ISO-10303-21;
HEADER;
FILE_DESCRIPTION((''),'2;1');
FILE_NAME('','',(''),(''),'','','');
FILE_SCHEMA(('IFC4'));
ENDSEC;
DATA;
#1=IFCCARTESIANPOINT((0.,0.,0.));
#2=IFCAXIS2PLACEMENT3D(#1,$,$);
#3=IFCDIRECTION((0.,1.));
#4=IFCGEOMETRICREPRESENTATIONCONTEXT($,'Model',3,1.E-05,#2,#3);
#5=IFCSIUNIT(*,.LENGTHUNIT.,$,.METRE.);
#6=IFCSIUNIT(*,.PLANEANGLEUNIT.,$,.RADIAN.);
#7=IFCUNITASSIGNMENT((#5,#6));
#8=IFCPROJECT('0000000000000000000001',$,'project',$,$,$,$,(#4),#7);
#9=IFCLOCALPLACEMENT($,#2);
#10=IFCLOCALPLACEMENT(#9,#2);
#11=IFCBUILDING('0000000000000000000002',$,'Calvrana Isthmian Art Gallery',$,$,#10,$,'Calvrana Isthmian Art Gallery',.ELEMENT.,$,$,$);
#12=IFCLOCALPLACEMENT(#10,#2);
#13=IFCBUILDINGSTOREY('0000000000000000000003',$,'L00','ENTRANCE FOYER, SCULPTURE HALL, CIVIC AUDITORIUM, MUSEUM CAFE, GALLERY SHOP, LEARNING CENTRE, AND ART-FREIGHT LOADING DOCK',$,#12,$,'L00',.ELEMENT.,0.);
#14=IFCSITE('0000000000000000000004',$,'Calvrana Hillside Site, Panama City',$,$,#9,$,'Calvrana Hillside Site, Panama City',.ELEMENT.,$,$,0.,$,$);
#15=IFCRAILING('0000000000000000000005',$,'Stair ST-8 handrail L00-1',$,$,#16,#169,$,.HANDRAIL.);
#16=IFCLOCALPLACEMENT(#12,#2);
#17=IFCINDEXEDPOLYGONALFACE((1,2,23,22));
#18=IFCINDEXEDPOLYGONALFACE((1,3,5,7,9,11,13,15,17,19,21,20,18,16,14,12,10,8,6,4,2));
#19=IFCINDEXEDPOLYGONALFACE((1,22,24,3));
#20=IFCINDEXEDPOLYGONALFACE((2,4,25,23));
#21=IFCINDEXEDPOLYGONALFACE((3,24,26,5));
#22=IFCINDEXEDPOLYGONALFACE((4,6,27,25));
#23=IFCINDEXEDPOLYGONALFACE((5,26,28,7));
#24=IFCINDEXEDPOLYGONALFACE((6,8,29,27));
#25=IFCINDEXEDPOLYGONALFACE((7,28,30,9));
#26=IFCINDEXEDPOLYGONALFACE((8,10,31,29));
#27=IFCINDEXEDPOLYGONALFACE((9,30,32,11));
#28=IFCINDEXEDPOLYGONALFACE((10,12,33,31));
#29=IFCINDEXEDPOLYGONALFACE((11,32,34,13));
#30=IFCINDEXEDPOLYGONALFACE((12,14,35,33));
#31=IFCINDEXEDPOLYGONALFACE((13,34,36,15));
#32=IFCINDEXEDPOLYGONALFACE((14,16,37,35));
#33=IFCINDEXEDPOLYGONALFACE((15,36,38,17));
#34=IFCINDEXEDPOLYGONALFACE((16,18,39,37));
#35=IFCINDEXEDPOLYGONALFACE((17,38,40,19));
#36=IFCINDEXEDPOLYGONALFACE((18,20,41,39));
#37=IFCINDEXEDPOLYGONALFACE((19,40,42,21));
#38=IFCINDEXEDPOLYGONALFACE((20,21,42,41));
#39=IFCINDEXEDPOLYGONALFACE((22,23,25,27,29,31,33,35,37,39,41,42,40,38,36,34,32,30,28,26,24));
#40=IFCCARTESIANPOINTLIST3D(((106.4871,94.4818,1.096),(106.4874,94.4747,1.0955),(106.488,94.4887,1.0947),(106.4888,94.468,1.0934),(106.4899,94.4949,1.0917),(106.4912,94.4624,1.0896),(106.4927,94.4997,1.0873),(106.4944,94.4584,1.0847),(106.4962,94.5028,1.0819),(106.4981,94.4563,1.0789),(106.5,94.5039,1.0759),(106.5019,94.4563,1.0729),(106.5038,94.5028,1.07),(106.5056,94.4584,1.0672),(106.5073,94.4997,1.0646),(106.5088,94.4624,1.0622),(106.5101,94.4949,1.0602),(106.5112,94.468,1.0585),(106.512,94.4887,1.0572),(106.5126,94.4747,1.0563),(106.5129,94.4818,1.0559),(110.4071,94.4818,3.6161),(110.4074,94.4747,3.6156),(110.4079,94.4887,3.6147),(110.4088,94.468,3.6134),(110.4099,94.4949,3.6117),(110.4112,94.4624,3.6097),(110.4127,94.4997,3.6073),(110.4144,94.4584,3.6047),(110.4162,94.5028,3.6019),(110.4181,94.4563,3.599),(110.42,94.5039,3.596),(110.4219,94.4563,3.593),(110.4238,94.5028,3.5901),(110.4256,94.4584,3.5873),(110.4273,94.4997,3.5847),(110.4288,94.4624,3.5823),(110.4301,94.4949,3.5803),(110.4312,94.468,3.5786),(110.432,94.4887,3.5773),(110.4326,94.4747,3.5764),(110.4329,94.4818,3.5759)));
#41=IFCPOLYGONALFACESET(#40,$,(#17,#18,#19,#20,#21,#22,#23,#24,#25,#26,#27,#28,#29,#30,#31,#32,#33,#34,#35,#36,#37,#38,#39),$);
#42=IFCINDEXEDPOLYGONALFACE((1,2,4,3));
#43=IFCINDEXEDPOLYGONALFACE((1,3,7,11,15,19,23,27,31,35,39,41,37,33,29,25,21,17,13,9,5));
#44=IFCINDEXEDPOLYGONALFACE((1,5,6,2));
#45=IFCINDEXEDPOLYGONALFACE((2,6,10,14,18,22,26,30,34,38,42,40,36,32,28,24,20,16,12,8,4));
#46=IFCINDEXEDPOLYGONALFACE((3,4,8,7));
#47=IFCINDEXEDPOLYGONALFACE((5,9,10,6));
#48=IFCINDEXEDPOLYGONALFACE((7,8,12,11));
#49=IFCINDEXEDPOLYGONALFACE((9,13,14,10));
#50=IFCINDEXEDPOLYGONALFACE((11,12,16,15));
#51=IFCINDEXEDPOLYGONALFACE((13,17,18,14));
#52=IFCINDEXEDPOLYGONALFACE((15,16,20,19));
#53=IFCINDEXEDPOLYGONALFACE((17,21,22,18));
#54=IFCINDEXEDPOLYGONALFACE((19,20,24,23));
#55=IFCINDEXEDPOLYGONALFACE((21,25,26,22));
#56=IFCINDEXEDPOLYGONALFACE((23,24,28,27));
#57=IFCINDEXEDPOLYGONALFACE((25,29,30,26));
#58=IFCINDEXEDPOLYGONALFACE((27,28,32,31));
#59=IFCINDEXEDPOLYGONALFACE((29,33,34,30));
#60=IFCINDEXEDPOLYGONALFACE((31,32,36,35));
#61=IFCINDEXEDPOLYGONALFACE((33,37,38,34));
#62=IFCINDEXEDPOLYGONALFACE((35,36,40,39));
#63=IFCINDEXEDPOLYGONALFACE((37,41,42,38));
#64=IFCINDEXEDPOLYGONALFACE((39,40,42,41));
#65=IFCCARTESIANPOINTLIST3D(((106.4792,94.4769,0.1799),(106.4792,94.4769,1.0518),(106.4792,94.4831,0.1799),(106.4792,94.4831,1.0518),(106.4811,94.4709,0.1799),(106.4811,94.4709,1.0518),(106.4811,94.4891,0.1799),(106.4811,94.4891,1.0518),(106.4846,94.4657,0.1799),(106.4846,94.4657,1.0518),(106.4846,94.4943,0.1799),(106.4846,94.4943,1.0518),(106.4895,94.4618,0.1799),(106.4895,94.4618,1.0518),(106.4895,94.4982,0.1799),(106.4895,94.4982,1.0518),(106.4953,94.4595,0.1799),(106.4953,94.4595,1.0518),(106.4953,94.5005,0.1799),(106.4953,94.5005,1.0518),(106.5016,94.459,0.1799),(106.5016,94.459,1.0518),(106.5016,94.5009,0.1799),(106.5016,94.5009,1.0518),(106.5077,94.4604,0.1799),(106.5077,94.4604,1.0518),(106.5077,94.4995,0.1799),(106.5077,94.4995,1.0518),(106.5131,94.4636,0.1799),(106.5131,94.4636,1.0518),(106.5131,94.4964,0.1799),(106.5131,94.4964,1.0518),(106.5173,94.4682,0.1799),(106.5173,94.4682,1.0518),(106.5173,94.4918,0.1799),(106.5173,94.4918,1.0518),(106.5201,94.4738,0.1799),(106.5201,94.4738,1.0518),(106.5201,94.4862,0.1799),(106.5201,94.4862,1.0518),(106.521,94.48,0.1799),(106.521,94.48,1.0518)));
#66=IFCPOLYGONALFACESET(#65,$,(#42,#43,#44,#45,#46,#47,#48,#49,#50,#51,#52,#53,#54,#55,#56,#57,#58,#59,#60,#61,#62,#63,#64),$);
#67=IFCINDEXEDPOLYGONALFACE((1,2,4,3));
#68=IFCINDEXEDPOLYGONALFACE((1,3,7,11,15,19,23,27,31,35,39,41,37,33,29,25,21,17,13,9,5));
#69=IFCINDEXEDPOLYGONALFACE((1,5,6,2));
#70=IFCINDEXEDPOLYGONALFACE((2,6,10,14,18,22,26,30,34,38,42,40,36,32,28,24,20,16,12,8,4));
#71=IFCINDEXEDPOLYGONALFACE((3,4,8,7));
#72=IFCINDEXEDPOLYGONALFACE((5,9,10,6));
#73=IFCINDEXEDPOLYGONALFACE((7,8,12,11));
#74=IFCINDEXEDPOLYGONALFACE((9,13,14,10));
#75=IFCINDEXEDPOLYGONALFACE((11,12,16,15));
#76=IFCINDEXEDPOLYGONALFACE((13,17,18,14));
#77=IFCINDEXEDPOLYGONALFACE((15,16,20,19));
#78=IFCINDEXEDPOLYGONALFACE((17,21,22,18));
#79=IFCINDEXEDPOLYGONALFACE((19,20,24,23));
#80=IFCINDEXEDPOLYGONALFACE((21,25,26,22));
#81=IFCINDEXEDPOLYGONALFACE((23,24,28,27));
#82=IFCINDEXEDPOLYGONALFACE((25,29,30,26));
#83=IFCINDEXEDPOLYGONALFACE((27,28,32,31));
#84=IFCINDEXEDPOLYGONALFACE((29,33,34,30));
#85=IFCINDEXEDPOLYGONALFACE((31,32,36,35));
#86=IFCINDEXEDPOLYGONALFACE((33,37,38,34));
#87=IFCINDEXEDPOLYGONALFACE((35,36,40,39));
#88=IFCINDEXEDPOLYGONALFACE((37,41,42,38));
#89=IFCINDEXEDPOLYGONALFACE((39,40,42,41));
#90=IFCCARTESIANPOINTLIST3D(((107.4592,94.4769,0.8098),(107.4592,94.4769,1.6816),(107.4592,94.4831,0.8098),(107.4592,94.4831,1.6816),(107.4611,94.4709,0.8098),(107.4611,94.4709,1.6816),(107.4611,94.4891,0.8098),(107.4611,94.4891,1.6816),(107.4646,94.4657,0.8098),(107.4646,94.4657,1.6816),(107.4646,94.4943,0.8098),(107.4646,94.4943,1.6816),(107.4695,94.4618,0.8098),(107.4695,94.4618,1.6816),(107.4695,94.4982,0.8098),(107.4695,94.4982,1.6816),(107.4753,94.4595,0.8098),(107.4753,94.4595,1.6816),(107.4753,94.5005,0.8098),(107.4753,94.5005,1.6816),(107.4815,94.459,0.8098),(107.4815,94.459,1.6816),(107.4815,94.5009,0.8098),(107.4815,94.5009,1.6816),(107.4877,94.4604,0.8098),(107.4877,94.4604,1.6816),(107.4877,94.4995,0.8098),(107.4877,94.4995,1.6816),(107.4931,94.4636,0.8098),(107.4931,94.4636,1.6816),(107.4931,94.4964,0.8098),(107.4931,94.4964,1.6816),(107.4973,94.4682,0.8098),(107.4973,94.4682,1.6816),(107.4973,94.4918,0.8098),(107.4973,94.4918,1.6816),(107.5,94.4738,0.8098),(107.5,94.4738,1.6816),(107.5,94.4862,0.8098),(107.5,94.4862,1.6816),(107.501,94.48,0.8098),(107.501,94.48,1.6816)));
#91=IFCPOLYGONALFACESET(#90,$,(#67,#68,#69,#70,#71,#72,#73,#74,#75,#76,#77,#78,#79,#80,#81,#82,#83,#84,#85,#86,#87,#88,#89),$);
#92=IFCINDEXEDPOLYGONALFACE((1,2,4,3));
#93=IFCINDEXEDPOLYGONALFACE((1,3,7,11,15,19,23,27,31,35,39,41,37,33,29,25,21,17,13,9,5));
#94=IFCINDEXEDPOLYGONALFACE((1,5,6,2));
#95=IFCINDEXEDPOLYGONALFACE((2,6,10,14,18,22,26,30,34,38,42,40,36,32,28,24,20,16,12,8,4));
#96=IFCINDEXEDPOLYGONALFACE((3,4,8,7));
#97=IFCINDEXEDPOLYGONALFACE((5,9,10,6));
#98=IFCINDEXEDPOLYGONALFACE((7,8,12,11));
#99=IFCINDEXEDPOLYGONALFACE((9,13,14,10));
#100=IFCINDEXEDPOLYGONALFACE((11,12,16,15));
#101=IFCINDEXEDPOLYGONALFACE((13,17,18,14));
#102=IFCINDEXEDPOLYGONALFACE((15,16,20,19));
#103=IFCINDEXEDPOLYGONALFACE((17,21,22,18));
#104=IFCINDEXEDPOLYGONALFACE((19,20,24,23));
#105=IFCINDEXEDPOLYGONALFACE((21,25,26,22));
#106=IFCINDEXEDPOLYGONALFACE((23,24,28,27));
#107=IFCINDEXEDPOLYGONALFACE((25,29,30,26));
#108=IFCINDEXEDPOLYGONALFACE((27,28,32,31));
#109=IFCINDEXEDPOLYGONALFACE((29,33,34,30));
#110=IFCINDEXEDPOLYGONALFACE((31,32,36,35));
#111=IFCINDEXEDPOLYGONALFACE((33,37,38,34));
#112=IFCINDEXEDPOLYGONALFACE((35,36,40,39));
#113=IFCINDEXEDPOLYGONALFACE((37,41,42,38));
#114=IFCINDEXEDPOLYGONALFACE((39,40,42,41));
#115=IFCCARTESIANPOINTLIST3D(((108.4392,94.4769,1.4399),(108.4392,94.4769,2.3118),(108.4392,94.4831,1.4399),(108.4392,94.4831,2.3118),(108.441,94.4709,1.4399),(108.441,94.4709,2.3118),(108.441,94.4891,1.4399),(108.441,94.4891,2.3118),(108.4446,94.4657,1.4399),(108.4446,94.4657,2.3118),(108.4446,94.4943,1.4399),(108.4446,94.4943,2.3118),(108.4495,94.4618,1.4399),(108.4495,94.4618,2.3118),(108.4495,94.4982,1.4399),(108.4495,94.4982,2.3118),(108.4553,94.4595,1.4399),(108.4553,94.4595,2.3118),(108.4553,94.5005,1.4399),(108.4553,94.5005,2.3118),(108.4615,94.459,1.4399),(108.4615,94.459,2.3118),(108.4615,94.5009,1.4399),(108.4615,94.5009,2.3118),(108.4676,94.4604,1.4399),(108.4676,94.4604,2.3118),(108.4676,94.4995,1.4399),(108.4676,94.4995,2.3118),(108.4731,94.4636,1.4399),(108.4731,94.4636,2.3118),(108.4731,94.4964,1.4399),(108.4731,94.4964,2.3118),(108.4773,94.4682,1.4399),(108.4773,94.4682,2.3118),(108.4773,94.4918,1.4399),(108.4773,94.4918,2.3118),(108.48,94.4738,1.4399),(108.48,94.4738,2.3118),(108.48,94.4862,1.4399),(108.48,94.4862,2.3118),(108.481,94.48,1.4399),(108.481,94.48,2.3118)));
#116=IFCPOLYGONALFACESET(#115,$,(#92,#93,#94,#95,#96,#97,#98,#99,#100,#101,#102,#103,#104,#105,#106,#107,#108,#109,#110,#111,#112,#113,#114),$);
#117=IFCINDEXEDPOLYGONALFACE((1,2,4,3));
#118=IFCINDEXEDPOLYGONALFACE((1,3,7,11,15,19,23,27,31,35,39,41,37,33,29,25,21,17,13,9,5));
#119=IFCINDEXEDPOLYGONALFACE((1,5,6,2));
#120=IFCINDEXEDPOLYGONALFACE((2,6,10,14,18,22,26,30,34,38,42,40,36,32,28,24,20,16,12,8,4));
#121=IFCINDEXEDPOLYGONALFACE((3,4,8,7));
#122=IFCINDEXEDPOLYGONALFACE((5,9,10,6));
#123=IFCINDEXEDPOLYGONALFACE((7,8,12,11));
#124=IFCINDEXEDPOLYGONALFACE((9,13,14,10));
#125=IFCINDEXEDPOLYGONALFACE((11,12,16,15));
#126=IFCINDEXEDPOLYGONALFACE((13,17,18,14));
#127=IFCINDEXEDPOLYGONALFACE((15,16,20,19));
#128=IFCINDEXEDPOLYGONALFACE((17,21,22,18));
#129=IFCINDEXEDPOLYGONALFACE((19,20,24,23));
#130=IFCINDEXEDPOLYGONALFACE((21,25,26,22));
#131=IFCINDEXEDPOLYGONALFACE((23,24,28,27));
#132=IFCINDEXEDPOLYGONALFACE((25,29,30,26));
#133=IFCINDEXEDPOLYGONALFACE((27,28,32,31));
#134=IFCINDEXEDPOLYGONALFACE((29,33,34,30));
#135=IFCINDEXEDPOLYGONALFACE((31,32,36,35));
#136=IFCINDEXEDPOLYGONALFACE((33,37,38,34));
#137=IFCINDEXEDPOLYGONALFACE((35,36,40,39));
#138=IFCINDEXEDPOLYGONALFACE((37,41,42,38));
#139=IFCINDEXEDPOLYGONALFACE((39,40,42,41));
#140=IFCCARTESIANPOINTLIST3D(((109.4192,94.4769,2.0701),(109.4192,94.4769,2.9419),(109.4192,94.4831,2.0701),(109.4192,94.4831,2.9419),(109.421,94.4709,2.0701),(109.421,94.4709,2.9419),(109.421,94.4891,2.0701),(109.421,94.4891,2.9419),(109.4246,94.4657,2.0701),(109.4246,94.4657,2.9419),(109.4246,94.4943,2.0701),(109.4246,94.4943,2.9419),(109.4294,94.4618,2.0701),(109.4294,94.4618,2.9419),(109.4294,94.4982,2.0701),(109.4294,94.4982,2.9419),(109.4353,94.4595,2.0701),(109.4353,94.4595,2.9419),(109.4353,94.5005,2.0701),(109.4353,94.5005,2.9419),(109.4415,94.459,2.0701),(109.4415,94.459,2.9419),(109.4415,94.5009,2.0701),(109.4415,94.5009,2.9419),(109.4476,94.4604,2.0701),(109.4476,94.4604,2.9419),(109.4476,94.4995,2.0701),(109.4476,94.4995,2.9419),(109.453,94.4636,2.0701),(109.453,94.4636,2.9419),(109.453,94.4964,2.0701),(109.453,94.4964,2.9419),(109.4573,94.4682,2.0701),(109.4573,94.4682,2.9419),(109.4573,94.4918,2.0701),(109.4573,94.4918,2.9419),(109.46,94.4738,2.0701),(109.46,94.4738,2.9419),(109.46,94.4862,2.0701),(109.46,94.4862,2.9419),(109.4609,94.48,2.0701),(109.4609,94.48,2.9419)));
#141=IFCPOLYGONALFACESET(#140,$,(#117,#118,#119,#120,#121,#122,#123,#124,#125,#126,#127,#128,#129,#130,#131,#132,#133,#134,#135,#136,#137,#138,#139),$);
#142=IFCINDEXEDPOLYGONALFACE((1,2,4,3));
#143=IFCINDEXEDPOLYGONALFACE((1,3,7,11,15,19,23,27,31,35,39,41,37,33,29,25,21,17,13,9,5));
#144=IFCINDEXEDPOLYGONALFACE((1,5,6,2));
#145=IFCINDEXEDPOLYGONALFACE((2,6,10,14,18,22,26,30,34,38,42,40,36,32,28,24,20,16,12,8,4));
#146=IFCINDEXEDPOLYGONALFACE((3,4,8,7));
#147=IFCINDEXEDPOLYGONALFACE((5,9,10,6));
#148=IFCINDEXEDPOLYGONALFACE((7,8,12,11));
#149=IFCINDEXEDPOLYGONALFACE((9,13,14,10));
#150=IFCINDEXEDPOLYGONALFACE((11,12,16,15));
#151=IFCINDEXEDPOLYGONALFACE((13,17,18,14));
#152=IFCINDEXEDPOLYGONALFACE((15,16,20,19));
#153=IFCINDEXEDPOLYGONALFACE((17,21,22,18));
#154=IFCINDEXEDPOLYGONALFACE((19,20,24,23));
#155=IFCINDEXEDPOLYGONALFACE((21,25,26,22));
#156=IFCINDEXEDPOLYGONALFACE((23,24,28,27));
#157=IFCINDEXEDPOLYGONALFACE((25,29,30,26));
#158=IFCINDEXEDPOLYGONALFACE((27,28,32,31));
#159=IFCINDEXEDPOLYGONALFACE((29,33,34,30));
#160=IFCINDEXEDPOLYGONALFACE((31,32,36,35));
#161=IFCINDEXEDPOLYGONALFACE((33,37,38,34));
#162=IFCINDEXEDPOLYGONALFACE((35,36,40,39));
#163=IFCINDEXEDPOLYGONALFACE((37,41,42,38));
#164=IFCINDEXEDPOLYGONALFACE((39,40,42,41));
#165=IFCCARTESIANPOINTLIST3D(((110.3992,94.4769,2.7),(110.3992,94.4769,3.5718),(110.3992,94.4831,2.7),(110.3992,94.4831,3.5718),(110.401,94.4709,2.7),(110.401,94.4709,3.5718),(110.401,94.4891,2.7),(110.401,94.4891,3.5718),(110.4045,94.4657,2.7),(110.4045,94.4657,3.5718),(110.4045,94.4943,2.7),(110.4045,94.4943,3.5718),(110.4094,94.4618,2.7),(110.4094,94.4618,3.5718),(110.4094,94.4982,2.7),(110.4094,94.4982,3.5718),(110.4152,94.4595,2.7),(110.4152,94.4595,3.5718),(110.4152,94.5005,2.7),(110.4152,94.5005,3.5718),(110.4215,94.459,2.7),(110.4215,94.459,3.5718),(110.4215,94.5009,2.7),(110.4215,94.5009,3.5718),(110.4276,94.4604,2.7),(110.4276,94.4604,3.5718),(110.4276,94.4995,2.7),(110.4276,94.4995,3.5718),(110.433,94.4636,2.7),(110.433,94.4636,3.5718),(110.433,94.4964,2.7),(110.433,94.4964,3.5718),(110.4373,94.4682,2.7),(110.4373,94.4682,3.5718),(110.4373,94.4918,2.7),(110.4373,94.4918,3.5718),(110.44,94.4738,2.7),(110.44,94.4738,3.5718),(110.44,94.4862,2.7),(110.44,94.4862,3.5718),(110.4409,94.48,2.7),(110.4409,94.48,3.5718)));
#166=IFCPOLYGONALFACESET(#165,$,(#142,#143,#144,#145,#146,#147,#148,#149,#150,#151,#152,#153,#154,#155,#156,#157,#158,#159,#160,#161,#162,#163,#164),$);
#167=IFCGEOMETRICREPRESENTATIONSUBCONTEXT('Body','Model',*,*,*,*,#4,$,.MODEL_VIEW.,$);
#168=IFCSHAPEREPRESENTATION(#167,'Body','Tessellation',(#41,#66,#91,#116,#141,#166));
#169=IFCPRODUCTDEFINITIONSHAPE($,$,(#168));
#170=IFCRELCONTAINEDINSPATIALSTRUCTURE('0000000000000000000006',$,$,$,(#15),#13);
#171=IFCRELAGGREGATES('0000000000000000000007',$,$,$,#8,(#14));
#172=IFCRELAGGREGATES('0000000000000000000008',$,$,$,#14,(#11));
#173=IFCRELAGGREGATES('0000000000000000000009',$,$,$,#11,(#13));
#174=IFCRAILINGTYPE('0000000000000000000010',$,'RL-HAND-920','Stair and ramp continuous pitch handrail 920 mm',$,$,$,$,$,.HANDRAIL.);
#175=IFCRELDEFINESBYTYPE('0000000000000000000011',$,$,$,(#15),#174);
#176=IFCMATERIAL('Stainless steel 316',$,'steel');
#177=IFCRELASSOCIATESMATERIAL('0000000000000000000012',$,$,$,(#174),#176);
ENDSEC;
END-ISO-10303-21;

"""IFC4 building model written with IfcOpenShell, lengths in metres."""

from ifc_helpers import new_model, si_unit, direction, frame, origin, origin_2d, place, context, subcontext, project, spatial, circle, extrude, material, type_object, element, save


model = new_model("IFC4")

# Units and contexts
model_context = context("Model", 3, precision=1e-05, world=origin(), true_north=direction((0.0, 1.0)))
body_context = subcontext(model_context, "Body", "Model", "MODEL_VIEW")
ifc_project = project(units=[si_unit("LENGTHUNIT", "METRE"), si_unit("PLANEANGLEUNIT", "RADIAN")], contexts=[model_context])

# Site, building, storey
site_placement = place(None, origin())
site = spatial("IfcSite", under=ifc_project, at=site_placement, Name="Calvrana Hillside Site, Panama City", LongName="Calvrana Hillside Site, Panama City", CompositionType="ELEMENT", RefElevation=0.0)
building_placement = place(site_placement, origin())
building = spatial("IfcBuilding", under=site, at=building_placement, Name="Calvrana Isthmian Art Gallery", LongName="Calvrana Isthmian Art Gallery", CompositionType="ELEMENT")
storey_placement = place(building_placement, origin())
storey = spatial("IfcBuildingStorey", under=building, at=storey_placement, Name="L00", Description="ENTRANCE FOYER, SCULPTURE HALL, CIVIC AUDITORIUM, MUSEUM CAFE, GALLERY SHOP, LEARNING CENTRE, AND ART-FREIGHT LOADING DOCK", LongName="L00", CompositionType="ELEMENT", Elevation=0.0)

# Railing
ifc_material_1 = material(Name="Stainless steel 316", Category="steel")
railing_type_1 = type_object("IfcRailingType", Name="RL-HAND-920", Description="Stair and ramp continuous pitch handrail 920 mm", PredefinedType="HANDRAIL", material=ifc_material_1)
railing_1_placement = place(storey_placement, frame((106.5, 94.48, 0.1799)))
element("IfcRailing", 1, at=railing_1_placement, inside=storey, type_object=railing_type_1, Name="Stair ST-8 handrail L00-1", PredefinedType="HANDRAIL", context=body_context, shape_type="SweptSolid", body=[
    extrude(circle(Radius=0.0239, at=origin_2d()), frame((0.0, 0.0, 0.896), z_axis=(0.841172, 0.0, 0.540768), x_axis=(0.0, 1.0, 0.0)), (0.0, 0.0, 1.0), 4.6602),
    extrude(circle(Radius=0.021, at=origin_2d()), origin(), (0.0, 0.0, 1.0), 0.8718),
    extrude(circle(Radius=0.021, at=origin_2d()), frame((0.98, 0.0, 0.6299)), (0.0, 0.0, 1.0), 0.8718),
    extrude(circle(Radius=0.021, at=origin_2d()), frame((1.96, 0.0, 1.26)), (0.0, 0.0, 1.0), 0.8718),
    extrude(circle(Radius=0.021, at=origin_2d()), frame((2.9399, 0.0, 1.8901)), (0.0, 0.0, 1.0), 0.8718),
    extrude(circle(Radius=0.021, at=origin_2d()), frame((3.9199, 0.0, 2.52)), (0.0, 0.0, 1.0), 0.8718),
])

save(model, "model.ifc")
